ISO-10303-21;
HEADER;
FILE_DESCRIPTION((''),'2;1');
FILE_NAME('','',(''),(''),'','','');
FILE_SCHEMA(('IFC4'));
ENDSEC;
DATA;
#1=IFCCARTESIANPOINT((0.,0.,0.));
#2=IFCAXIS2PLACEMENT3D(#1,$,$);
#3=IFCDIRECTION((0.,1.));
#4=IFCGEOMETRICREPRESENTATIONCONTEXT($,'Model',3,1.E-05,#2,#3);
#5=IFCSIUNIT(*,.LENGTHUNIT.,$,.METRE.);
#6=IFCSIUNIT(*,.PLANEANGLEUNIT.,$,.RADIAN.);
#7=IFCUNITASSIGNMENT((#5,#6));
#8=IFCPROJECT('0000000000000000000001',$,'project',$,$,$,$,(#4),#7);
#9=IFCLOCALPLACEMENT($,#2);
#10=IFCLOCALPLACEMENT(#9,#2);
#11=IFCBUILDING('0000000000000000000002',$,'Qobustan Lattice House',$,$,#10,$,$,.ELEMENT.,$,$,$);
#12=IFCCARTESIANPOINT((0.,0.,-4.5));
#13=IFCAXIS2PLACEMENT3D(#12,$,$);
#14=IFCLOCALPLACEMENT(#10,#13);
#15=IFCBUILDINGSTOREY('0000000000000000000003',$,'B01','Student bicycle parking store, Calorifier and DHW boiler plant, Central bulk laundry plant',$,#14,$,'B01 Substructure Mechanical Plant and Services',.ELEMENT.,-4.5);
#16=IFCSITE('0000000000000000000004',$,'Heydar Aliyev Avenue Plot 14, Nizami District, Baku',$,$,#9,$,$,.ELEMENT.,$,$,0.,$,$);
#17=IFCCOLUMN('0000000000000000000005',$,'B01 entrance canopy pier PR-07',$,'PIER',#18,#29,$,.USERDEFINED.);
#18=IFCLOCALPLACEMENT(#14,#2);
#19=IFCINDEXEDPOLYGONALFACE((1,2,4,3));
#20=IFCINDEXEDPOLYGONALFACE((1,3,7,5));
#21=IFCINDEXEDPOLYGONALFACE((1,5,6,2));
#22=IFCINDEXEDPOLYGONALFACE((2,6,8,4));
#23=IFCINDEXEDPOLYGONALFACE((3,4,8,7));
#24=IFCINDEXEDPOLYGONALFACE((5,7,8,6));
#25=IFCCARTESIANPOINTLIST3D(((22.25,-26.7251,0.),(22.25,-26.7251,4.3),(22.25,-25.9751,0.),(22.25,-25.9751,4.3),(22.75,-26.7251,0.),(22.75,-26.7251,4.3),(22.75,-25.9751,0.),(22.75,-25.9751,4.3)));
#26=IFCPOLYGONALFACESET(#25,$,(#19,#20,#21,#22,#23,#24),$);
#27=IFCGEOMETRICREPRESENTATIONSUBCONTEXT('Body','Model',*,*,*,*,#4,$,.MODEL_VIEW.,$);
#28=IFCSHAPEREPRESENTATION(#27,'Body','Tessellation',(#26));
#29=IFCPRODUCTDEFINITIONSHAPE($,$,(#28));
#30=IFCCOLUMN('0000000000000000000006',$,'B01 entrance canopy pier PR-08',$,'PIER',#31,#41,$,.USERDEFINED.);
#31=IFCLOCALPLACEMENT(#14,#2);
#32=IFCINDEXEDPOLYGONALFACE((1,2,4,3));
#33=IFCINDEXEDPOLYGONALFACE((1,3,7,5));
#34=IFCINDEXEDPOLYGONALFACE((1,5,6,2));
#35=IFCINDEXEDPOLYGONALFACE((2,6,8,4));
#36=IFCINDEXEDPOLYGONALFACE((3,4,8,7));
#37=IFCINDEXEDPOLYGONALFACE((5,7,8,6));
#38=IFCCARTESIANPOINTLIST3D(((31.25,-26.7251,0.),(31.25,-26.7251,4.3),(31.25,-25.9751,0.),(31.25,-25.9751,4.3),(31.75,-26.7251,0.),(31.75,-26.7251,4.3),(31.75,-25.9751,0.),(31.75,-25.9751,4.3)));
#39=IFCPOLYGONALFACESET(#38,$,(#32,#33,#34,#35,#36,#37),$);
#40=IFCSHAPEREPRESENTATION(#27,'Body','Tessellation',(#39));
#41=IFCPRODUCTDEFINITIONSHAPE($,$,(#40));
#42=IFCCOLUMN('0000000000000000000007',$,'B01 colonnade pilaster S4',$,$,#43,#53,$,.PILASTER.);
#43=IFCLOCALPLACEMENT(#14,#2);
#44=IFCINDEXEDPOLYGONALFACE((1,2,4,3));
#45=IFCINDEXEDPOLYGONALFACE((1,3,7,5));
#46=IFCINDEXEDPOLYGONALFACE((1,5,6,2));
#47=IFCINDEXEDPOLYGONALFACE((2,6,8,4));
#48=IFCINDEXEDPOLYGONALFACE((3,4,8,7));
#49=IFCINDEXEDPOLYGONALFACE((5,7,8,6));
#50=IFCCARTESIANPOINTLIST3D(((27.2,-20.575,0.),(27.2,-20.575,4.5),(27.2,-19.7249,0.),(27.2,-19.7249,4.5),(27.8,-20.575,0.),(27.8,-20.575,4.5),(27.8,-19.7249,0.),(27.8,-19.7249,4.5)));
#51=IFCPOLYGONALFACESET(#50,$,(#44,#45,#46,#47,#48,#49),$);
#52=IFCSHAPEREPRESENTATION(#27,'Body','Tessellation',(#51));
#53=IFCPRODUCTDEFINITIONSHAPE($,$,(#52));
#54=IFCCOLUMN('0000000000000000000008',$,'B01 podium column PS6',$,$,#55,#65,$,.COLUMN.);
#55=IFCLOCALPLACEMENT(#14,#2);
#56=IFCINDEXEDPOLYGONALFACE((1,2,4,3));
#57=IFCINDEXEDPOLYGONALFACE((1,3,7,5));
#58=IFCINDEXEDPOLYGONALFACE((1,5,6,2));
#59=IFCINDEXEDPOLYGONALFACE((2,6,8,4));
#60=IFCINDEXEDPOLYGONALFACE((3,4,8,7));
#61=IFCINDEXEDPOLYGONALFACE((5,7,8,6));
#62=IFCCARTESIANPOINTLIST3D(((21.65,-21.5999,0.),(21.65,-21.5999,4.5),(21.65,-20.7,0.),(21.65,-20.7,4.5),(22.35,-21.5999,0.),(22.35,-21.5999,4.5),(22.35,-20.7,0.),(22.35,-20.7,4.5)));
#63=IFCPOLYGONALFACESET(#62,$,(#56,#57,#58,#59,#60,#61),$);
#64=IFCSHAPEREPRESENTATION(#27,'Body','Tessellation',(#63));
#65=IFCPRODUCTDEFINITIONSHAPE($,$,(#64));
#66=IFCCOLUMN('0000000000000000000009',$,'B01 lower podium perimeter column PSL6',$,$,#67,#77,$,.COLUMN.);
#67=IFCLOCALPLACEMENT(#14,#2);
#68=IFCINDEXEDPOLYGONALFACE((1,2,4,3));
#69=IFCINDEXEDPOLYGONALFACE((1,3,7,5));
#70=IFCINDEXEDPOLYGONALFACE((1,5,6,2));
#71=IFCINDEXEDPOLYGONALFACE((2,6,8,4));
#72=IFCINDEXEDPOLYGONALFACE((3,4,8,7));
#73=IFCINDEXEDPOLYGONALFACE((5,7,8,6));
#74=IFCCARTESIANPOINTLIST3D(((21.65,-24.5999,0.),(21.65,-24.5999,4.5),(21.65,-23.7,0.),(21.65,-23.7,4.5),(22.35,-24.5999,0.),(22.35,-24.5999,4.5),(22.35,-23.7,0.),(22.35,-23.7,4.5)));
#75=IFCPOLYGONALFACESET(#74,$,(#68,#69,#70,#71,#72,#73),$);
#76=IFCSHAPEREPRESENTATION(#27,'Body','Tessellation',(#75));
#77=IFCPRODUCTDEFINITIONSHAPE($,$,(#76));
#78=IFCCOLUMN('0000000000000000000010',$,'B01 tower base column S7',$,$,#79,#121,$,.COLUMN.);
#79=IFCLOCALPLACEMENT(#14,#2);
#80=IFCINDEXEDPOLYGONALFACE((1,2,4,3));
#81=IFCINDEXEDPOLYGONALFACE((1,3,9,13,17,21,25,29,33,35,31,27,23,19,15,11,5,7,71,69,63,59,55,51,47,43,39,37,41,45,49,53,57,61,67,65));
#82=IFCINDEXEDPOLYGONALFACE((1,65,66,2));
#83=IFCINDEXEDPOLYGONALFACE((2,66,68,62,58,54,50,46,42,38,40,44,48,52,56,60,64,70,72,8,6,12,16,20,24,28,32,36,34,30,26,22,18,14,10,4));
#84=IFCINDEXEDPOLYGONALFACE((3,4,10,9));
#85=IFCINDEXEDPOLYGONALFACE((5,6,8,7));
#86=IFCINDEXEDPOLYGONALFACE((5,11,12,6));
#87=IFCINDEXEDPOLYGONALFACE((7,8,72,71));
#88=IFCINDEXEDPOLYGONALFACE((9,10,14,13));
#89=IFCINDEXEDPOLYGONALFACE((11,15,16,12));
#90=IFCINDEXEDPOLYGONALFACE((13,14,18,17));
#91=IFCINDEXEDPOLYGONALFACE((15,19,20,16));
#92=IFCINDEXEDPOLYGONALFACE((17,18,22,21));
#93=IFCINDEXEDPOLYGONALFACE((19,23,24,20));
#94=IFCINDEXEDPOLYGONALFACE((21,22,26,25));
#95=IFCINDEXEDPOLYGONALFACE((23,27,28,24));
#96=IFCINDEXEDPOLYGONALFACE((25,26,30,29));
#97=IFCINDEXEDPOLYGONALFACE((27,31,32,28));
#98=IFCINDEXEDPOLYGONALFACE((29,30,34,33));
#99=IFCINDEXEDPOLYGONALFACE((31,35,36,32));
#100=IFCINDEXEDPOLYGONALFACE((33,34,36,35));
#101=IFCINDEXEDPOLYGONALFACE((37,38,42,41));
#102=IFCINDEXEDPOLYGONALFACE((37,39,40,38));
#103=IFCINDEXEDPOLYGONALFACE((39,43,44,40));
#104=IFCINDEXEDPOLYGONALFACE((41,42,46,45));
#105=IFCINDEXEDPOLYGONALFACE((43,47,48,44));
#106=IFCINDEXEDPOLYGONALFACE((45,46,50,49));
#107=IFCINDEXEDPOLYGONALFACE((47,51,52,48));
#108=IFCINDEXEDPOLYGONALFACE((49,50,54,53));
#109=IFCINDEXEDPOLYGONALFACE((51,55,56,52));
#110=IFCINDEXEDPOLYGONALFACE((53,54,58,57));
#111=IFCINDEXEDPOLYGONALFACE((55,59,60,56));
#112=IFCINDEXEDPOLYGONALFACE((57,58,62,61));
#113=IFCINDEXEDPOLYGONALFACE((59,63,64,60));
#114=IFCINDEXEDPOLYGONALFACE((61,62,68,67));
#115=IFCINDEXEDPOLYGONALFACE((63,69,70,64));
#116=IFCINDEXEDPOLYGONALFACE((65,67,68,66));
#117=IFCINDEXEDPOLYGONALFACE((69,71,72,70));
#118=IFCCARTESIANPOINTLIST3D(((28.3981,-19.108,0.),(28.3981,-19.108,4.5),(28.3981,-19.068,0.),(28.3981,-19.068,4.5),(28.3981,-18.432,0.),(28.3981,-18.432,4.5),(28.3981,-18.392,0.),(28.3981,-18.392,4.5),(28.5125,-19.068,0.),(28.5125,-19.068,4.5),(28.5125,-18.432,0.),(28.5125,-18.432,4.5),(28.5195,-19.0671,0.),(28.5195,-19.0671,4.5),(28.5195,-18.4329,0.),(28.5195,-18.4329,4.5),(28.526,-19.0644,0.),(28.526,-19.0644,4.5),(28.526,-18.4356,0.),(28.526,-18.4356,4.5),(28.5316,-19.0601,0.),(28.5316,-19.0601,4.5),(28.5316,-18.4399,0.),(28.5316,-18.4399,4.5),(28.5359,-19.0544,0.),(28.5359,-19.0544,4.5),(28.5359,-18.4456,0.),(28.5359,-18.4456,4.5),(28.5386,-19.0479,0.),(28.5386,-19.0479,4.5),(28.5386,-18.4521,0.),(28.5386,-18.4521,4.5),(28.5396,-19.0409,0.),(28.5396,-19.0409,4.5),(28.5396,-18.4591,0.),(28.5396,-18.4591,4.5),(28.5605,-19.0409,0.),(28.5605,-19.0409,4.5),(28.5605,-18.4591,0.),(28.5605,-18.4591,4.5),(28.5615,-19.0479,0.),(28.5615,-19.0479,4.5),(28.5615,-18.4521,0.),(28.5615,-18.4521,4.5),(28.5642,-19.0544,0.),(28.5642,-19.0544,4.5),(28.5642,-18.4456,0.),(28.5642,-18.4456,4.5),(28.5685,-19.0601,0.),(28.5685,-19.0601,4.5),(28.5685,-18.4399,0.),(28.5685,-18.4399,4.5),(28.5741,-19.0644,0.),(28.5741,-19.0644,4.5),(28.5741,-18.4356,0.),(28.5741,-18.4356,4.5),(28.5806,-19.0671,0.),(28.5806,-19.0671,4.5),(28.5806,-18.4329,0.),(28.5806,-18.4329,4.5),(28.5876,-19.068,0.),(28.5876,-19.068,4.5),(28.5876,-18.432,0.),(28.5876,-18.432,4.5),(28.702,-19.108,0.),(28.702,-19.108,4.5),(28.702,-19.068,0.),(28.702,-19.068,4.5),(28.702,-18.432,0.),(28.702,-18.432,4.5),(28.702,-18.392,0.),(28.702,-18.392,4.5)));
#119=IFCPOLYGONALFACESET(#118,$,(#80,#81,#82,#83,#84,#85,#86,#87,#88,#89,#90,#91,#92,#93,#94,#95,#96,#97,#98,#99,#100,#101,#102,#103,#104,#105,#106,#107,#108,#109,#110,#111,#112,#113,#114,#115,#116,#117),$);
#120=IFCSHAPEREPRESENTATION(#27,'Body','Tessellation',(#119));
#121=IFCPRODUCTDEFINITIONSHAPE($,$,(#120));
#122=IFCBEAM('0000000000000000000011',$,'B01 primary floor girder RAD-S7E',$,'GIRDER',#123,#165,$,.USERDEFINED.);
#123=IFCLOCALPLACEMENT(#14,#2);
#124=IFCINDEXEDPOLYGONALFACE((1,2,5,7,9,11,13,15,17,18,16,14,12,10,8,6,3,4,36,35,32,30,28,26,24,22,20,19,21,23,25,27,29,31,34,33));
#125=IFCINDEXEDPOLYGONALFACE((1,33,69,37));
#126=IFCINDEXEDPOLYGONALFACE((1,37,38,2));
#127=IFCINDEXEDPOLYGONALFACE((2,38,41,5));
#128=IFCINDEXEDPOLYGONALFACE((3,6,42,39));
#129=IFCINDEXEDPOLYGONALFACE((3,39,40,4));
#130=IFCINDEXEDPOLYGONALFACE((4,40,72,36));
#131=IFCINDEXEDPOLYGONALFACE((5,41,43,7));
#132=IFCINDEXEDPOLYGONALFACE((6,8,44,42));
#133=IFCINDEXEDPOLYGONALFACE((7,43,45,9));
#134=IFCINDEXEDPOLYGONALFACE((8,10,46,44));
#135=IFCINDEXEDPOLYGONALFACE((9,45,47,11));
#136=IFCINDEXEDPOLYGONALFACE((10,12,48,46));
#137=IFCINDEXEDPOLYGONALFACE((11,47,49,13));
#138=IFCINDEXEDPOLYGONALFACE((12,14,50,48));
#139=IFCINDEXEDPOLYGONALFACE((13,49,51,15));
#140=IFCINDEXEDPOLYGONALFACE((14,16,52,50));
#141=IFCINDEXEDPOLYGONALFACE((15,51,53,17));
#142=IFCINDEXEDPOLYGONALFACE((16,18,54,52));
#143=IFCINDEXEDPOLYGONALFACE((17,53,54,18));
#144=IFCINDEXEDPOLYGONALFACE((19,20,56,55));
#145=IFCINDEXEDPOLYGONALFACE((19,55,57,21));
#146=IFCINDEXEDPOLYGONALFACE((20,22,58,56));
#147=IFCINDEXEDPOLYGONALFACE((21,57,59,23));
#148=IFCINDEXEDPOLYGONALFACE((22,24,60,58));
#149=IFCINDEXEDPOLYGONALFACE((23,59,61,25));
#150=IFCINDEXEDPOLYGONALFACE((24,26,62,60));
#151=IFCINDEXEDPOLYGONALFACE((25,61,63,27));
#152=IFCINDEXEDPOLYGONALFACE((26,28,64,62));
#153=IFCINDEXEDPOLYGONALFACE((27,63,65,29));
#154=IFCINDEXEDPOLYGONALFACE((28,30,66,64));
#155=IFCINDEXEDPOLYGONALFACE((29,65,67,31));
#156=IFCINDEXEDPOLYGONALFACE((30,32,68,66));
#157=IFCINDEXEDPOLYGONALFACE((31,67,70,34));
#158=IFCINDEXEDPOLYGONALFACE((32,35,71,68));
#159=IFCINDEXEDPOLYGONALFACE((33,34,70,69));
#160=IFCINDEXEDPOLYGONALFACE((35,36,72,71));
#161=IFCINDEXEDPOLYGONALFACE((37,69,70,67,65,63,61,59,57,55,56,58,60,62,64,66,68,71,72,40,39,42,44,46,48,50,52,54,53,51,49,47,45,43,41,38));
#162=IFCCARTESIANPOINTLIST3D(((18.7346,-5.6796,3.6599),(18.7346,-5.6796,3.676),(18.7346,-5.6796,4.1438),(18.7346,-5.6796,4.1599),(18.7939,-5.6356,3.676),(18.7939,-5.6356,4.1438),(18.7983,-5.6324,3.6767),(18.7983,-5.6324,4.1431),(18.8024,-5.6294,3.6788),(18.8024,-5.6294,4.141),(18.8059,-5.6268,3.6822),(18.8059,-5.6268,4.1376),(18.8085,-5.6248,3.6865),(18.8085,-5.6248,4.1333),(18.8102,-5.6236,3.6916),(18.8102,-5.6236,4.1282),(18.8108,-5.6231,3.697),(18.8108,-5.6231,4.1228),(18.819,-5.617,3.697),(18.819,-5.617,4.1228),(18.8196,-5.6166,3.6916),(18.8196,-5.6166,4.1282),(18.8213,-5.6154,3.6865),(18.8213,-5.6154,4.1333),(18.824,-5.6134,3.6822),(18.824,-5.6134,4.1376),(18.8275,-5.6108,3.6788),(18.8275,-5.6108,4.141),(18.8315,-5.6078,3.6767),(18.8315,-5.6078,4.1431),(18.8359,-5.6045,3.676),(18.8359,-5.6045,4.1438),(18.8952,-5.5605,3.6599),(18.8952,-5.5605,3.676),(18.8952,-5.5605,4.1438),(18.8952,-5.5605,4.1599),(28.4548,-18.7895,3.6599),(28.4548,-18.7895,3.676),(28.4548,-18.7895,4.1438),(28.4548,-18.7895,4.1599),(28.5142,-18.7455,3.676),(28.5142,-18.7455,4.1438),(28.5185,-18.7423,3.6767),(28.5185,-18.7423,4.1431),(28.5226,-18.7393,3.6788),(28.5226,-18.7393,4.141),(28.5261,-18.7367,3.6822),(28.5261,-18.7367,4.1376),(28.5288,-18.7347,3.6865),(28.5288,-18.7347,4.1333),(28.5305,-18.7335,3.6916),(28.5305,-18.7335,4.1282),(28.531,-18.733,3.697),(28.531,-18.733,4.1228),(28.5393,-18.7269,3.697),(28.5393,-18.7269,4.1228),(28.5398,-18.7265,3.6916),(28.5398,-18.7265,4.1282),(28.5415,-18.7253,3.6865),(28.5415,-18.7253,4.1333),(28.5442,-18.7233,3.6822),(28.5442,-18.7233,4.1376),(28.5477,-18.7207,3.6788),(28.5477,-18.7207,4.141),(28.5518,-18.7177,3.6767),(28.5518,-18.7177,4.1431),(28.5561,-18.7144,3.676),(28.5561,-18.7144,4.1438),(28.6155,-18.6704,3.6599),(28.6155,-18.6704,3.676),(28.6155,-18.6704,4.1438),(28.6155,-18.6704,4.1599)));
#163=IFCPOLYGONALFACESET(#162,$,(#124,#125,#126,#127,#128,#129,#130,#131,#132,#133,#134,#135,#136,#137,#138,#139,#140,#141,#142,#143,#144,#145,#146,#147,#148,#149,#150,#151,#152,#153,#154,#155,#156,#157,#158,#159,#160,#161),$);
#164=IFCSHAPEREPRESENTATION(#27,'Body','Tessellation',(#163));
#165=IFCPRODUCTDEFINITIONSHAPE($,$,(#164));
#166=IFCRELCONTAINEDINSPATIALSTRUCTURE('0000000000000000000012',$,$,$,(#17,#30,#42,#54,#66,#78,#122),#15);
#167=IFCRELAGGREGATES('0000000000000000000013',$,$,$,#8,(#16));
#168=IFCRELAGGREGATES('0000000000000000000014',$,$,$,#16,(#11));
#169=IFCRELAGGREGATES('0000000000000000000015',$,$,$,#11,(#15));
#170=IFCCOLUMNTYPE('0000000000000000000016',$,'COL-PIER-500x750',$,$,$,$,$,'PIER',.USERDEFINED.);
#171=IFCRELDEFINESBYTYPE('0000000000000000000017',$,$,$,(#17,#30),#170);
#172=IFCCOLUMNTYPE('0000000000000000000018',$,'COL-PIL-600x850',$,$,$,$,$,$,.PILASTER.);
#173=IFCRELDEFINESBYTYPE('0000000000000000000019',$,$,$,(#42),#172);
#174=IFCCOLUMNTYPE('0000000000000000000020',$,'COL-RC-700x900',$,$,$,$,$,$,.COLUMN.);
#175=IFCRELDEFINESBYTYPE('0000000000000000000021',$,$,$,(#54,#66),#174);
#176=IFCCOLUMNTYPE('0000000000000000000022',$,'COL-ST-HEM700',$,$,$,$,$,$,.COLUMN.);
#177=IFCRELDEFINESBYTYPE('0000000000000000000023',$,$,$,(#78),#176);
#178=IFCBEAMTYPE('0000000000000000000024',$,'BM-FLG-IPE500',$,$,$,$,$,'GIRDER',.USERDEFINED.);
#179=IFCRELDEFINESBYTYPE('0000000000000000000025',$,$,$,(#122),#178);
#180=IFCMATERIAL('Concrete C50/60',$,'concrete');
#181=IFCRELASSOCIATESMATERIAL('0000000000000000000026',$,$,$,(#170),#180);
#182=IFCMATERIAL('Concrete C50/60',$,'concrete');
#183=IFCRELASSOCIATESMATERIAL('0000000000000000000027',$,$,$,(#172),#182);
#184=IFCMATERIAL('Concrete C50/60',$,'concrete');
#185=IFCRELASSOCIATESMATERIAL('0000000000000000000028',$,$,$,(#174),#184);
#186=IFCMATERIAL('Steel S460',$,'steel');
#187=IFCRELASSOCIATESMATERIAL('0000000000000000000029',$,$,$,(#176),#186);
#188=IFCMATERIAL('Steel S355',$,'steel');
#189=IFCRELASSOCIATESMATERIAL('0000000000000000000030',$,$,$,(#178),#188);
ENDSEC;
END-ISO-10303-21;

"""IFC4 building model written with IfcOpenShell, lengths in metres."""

from ifc_helpers import new_model, si_unit, direction, frame, origin, origin_2d, place, context, subcontext, project, spatial, rectangle, i_section, extrude, material, material_profile, profile_set, type_object, element, save


model = new_model("IFC4")

# Units and contexts
model_context = context("Model", 3, precision=1e-05, world=origin(), true_north=direction((0.0, 1.0)))
body_context = subcontext(model_context, "Body", "Model", "MODEL_VIEW")
ifc_project = project(units=[si_unit("LENGTHUNIT", "METRE"), si_unit("PLANEANGLEUNIT", "RADIAN")], contexts=[model_context])

# Site, building, storey
site_placement = place(None, origin())
site = spatial("IfcSite", under=ifc_project, at=site_placement, Name="Heydar Aliyev Avenue Plot 14, Nizami District, Baku", CompositionType="ELEMENT", RefElevation=0.0)
building_placement = place(site_placement, origin())
building = spatial("IfcBuilding", under=site, at=building_placement, Name="Qobustan Lattice House", CompositionType="ELEMENT")
storey_placement = place(building_placement, frame((0.0, 0.0, -4.5)))
storey = spatial("IfcBuildingStorey", under=building, at=storey_placement, Name="B01", Description="Student bicycle parking store, Calorifier and DHW boiler plant, Central bulk laundry plant", LongName="B01 Substructure Mechanical Plant and Services", CompositionType="ELEMENT", Elevation=-4.5)

# Columns
ifc_material_1 = material(Name="Concrete C50/60", Category="concrete")
ifc_material_profile_1 = material_profile(ifc_material_1, rectangle(XDim=0.5, YDim=0.75, at=origin_2d()), Name="RC500x750")
ifc_profile_set_1 = profile_set([ifc_material_profile_1], Name="Concrete C50/60")
column_type_1 = type_object("IfcColumnType", Name="COL-PIER-500x750", ElementType="PIER", PredefinedType="USERDEFINED", material=ifc_profile_set_1)
for number, where, z_axis, x_axis, name in (
    (1, (22.5, -26.3501, 0.0), (0.0, 0.0, 1.0), (1.0, 0.0, 0.0), "B01 entrance canopy pier PR-07"),
    (2, (31.5, -26.3501, 0.0), (0.0, 0.0, 1.0), (1.0, 0.0, 0.0), "B01 entrance canopy pier PR-08"),
):
    element("IfcColumn", number, at=place(storey_placement, frame(where, z_axis=z_axis, x_axis=x_axis)), inside=storey, type_object=column_type_1, Name=name, ObjectType="PIER", PredefinedType="USERDEFINED", context=body_context, shape_type="SweptSolid", body=[
        extrude(rectangle(XDim=0.5, YDim=0.75, at=origin_2d()), origin(), (0.0, 0.0, 1.0), 4.3),
    ])
ifc_material_2 = material(Name="Concrete C50/60", Category="concrete")
ifc_material_profile_2 = material_profile(ifc_material_2, rectangle(XDim=0.6001, YDim=0.8501, at=origin_2d()), Name="RC600x850")
ifc_profile_set_2 = profile_set([ifc_material_profile_2], Name="Concrete C50/60")
column_type_2 = type_object("IfcColumnType", Name="COL-PIL-600x850", PredefinedType="PILASTER", material=ifc_profile_set_2)
column_1_placement = place(storey_placement, frame((27.5, -20.1499, 0.0), z_axis=(0.0, 0.0, 1.0), x_axis=(1.0, 0.0, 0.0)))
element("IfcColumn", 3, at=column_1_placement, inside=storey, type_object=column_type_2, Name="B01 colonnade pilaster S4", PredefinedType="PILASTER", context=body_context, shape_type="SweptSolid", body=[
    extrude(rectangle(XDim=0.6001, YDim=0.8501, at=origin_2d()), origin(), (0.0, 0.0, 1.0), 4.5),
])
ifc_material_3 = material(Name="Concrete C50/60", Category="concrete")
ifc_material_profile_3 = material_profile(ifc_material_3, rectangle(XDim=0.7, YDim=0.8999, at=origin_2d()), Name="RC700x900")
ifc_profile_set_3 = profile_set([ifc_material_profile_3], Name="Concrete C50/60")
column_type_3 = type_object("IfcColumnType", Name="COL-RC-700x900", PredefinedType="COLUMN", material=ifc_profile_set_3)
for number, where, z_axis, x_axis, name in (
    (4, (22.0, -21.1499, 0.0), (0.0, 0.0, 1.0), (1.0, 0.0, 0.0), "B01 podium column PS6"),
    (5, (22.0, -24.1499, 0.0), (0.0, 0.0, 1.0), (1.0, 0.0, 0.0), "B01 lower podium perimeter column PSL6"),
):
    element("IfcColumn", number, at=place(storey_placement, frame(where, z_axis=z_axis, x_axis=x_axis)), inside=storey, type_object=column_type_3, Name=name, PredefinedType="COLUMN", context=body_context, shape_type="SweptSolid", body=[
        extrude(rectangle(XDim=0.7, YDim=0.8999, at=origin_2d()), origin(), (0.0, 0.0, 1.0), 4.5),
    ])
ifc_material_4 = material(Name="Steel S460", Category="steel")
ifc_material_profile_4 = material_profile(ifc_material_4, i_section(OverallWidth=0.304, OverallDepth=0.7161, WebThickness=0.021, FlangeThickness=0.04, FilletRadius=0.0271, at=origin_2d()), Name="HEM700")
ifc_profile_set_4 = profile_set([ifc_material_profile_4], Name="Steel S460")
column_type_4 = type_object("IfcColumnType", Name="COL-ST-HEM700", PredefinedType="COLUMN", material=ifc_profile_set_4)
column_2_placement = place(storey_placement, frame((28.55, -18.75, 0.0), z_axis=(0.0, 0.0, 1.0), x_axis=(1.0, 0.0, 0.0)))
element("IfcColumn", 6, at=column_2_placement, inside=storey, type_object=column_type_4, Name="B01 tower base column S7", PredefinedType="COLUMN", context=body_context, shape_type="SweptSolid", body=[
    extrude(i_section(OverallWidth=0.304, OverallDepth=0.7161, WebThickness=0.021, FlangeThickness=0.04, FilletRadius=0.0271, at=origin_2d()), origin(), (0.0, 0.0, 1.0), 4.5),
])

# Beam
ifc_material_5 = material(Name="Steel S355", Category="steel")
ifc_material_profile_5 = material_profile(ifc_material_5, i_section(OverallWidth=0.2, OverallDepth=0.5, WebThickness=0.0103, FlangeThickness=0.0161, FilletRadius=0.021, at=origin_2d()), Name="IPE500")
ifc_profile_set_5 = profile_set([ifc_material_profile_5], Name="Steel S355")
beam_type_1 = type_object("IfcBeamType", Name="BM-FLG-IPE500", ElementType="GIRDER", PredefinedType="USERDEFINED", material=ifc_profile_set_5)
beam_1_placement = place(storey_placement, frame((28.5352, -18.73, 3.9099), z_axis=(-0.595592, 0.803287, 0.0), x_axis=(-0.803287, -0.595592, 0.0)))
element("IfcBeam", 7, at=beam_1_placement, inside=storey, type_object=beam_type_1, Name="B01 primary floor girder RAD-S7E", ObjectType="GIRDER", PredefinedType="USERDEFINED", context=body_context, shape_type="SweptSolid", body=[
    extrude(i_section(OverallWidth=0.2, OverallDepth=0.5, WebThickness=0.0103, FlangeThickness=0.0161, FilletRadius=0.021, at=origin_2d()), origin(), (0.0, 0.0, 1.0), 16.3203),
])

save(model, "model.ifc")
